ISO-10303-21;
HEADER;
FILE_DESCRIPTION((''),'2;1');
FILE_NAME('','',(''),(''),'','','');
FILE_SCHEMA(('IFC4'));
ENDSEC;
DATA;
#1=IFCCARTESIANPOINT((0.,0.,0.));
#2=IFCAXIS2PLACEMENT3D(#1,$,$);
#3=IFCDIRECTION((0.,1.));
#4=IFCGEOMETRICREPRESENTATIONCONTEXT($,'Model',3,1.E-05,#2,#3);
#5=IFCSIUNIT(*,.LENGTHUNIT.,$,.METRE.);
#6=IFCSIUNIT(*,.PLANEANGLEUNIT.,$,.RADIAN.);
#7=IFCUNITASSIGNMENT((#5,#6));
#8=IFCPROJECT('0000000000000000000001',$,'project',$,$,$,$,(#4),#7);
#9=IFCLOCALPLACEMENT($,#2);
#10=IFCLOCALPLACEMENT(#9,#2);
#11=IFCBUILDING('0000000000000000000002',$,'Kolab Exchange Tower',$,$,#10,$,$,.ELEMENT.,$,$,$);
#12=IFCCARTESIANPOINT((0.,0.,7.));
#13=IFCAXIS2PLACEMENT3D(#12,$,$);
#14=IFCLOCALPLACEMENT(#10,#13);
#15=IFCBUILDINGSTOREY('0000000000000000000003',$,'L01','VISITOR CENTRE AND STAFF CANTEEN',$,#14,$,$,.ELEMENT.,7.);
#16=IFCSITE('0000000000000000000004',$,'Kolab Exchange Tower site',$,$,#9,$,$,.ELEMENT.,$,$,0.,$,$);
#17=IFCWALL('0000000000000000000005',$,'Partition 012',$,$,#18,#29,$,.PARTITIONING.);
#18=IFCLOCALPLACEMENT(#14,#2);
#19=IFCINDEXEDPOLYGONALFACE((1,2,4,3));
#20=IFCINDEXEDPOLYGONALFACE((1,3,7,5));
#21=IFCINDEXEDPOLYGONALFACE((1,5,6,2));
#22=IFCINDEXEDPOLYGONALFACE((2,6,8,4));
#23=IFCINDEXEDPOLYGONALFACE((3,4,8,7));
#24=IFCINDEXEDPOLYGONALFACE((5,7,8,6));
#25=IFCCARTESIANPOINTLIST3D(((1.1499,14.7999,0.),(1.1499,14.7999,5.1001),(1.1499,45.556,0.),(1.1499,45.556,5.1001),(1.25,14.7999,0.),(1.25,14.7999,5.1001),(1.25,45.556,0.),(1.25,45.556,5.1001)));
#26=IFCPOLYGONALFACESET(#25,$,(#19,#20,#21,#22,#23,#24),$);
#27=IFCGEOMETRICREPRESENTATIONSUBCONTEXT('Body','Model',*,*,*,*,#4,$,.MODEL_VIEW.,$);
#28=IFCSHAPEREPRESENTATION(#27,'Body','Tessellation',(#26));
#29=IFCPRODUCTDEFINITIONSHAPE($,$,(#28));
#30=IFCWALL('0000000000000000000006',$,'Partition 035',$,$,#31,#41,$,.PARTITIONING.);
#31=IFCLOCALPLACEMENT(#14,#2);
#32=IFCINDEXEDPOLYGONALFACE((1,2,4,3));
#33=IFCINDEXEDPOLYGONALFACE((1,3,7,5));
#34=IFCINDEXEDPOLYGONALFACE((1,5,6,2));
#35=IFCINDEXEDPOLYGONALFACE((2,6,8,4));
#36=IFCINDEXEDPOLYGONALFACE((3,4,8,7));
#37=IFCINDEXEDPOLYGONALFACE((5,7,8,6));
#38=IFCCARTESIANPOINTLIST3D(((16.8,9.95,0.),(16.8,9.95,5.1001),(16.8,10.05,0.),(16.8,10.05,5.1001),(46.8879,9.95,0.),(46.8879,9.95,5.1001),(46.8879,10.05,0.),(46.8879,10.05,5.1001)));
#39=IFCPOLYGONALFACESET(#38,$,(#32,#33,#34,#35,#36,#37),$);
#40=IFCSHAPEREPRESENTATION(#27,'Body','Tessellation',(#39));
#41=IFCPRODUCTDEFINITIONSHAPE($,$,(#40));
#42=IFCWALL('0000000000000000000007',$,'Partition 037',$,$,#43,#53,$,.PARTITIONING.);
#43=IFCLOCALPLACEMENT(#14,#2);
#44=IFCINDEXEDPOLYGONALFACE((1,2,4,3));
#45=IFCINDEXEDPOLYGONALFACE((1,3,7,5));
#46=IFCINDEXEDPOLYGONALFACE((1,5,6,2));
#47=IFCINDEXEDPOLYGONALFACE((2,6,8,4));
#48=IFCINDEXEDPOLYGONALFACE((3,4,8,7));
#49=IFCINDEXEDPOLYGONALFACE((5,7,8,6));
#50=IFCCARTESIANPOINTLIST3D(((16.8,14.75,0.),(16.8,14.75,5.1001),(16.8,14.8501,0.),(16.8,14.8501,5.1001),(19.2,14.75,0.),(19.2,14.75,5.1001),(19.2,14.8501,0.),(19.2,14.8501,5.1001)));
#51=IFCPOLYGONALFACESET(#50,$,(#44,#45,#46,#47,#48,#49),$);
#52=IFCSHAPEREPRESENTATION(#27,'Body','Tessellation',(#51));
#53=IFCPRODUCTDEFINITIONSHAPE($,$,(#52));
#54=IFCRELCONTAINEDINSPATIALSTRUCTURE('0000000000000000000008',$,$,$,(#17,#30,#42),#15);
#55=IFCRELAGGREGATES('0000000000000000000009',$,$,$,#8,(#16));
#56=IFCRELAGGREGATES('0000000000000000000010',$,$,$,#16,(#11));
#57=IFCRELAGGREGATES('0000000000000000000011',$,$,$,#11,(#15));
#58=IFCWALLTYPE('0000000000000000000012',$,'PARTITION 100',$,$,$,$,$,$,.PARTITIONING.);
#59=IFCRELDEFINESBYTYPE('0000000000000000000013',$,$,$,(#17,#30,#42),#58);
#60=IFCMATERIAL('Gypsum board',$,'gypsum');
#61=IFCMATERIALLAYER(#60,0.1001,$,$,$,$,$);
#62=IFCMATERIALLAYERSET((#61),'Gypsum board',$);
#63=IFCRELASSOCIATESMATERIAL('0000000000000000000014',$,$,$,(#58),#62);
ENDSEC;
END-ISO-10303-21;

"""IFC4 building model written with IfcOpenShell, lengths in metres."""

from ifc_helpers import new_model, si_unit, direction, frame, frame_2d, origin, place, context, subcontext, project, spatial, rectangle, extrude, material, layer, layer_set, type_object, element, save


model = new_model("IFC4")

# Units and contexts
model_context = context("Model", 3, precision=1e-05, world=origin(), true_north=direction((0.0, 1.0)))
body_context = subcontext(model_context, "Body", "Model", "MODEL_VIEW")
ifc_project = project(units=[si_unit("LENGTHUNIT", "METRE"), si_unit("PLANEANGLEUNIT", "RADIAN")], contexts=[model_context])

# Site, building, storey
site_placement = place(None, origin())
site = spatial("IfcSite", under=ifc_project, at=site_placement, Name="Kolab Exchange Tower site", CompositionType="ELEMENT", RefElevation=0.0)
building_placement = place(site_placement, origin())
building = spatial("IfcBuilding", under=site, at=building_placement, Name="Kolab Exchange Tower", CompositionType="ELEMENT")
storey_placement = place(building_placement, frame((0.0, 0.0, 7.0)))
storey = spatial("IfcBuildingStorey", under=building, at=storey_placement, Name="L01", Description="VISITOR CENTRE AND STAFF CANTEEN", CompositionType="ELEMENT", Elevation=7.0)

# Walls
ifc_material_1 = material(Name="Gypsum board", Category="gypsum")
ifc_layer_1 = layer(ifc_material_1, 0.1001)
ifc_layer_set_1 = layer_set([ifc_layer_1], Name="Gypsum board")
wall_type_1 = type_object("IfcWallType", Name="PARTITION 100", PredefinedType="PARTITIONING", material=ifc_layer_set_1)
wall_1_placement = place(storey_placement, frame((1.2, 14.8, 0.0), z_axis=(0.0, 0.0, 1.0), x_axis=(0.0, 1.0, 0.0)))
element("IfcWall", 1, at=wall_1_placement, inside=storey, type_object=wall_type_1, Name="Partition 012", PredefinedType="PARTITIONING", context=body_context, shape_type="SweptSolid", body=[
    extrude(rectangle(XDim=30.7561, YDim=0.1001, at=frame_2d((15.3779, 0.0))), origin(), (0.0, 0.0, 1.0), 5.1001),
])
wall_2_placement = place(storey_placement, frame((16.8, 10.0, 0.0), z_axis=(0.0, 0.0, 1.0), x_axis=(1.0, 0.0, 0.0)))
element("IfcWall", 2, at=wall_2_placement, inside=storey, type_object=wall_type_1, Name="Partition 035", PredefinedType="PARTITIONING", context=body_context, shape_type="SweptSolid", body=[
    extrude(rectangle(XDim=30.0879, YDim=0.1001, at=frame_2d((15.0439, 0.0))), origin(), (0.0, 0.0, 1.0), 5.1001),
])
wall_3_placement = place(storey_placement, frame((16.8, 14.8, 0.0), z_axis=(0.0, 0.0, 1.0), x_axis=(1.0, 0.0, 0.0)))
element("IfcWall", 3, at=wall_3_placement, inside=storey, type_object=wall_type_1, Name="Partition 037", PredefinedType="PARTITIONING", context=body_context, shape_type="SweptSolid", body=[
    extrude(rectangle(XDim=2.3999, YDim=0.1001, at=frame_2d((1.2, 0.0))), origin(), (0.0, 0.0, 1.0), 5.1001),
])

save(model, "model.ifc")
